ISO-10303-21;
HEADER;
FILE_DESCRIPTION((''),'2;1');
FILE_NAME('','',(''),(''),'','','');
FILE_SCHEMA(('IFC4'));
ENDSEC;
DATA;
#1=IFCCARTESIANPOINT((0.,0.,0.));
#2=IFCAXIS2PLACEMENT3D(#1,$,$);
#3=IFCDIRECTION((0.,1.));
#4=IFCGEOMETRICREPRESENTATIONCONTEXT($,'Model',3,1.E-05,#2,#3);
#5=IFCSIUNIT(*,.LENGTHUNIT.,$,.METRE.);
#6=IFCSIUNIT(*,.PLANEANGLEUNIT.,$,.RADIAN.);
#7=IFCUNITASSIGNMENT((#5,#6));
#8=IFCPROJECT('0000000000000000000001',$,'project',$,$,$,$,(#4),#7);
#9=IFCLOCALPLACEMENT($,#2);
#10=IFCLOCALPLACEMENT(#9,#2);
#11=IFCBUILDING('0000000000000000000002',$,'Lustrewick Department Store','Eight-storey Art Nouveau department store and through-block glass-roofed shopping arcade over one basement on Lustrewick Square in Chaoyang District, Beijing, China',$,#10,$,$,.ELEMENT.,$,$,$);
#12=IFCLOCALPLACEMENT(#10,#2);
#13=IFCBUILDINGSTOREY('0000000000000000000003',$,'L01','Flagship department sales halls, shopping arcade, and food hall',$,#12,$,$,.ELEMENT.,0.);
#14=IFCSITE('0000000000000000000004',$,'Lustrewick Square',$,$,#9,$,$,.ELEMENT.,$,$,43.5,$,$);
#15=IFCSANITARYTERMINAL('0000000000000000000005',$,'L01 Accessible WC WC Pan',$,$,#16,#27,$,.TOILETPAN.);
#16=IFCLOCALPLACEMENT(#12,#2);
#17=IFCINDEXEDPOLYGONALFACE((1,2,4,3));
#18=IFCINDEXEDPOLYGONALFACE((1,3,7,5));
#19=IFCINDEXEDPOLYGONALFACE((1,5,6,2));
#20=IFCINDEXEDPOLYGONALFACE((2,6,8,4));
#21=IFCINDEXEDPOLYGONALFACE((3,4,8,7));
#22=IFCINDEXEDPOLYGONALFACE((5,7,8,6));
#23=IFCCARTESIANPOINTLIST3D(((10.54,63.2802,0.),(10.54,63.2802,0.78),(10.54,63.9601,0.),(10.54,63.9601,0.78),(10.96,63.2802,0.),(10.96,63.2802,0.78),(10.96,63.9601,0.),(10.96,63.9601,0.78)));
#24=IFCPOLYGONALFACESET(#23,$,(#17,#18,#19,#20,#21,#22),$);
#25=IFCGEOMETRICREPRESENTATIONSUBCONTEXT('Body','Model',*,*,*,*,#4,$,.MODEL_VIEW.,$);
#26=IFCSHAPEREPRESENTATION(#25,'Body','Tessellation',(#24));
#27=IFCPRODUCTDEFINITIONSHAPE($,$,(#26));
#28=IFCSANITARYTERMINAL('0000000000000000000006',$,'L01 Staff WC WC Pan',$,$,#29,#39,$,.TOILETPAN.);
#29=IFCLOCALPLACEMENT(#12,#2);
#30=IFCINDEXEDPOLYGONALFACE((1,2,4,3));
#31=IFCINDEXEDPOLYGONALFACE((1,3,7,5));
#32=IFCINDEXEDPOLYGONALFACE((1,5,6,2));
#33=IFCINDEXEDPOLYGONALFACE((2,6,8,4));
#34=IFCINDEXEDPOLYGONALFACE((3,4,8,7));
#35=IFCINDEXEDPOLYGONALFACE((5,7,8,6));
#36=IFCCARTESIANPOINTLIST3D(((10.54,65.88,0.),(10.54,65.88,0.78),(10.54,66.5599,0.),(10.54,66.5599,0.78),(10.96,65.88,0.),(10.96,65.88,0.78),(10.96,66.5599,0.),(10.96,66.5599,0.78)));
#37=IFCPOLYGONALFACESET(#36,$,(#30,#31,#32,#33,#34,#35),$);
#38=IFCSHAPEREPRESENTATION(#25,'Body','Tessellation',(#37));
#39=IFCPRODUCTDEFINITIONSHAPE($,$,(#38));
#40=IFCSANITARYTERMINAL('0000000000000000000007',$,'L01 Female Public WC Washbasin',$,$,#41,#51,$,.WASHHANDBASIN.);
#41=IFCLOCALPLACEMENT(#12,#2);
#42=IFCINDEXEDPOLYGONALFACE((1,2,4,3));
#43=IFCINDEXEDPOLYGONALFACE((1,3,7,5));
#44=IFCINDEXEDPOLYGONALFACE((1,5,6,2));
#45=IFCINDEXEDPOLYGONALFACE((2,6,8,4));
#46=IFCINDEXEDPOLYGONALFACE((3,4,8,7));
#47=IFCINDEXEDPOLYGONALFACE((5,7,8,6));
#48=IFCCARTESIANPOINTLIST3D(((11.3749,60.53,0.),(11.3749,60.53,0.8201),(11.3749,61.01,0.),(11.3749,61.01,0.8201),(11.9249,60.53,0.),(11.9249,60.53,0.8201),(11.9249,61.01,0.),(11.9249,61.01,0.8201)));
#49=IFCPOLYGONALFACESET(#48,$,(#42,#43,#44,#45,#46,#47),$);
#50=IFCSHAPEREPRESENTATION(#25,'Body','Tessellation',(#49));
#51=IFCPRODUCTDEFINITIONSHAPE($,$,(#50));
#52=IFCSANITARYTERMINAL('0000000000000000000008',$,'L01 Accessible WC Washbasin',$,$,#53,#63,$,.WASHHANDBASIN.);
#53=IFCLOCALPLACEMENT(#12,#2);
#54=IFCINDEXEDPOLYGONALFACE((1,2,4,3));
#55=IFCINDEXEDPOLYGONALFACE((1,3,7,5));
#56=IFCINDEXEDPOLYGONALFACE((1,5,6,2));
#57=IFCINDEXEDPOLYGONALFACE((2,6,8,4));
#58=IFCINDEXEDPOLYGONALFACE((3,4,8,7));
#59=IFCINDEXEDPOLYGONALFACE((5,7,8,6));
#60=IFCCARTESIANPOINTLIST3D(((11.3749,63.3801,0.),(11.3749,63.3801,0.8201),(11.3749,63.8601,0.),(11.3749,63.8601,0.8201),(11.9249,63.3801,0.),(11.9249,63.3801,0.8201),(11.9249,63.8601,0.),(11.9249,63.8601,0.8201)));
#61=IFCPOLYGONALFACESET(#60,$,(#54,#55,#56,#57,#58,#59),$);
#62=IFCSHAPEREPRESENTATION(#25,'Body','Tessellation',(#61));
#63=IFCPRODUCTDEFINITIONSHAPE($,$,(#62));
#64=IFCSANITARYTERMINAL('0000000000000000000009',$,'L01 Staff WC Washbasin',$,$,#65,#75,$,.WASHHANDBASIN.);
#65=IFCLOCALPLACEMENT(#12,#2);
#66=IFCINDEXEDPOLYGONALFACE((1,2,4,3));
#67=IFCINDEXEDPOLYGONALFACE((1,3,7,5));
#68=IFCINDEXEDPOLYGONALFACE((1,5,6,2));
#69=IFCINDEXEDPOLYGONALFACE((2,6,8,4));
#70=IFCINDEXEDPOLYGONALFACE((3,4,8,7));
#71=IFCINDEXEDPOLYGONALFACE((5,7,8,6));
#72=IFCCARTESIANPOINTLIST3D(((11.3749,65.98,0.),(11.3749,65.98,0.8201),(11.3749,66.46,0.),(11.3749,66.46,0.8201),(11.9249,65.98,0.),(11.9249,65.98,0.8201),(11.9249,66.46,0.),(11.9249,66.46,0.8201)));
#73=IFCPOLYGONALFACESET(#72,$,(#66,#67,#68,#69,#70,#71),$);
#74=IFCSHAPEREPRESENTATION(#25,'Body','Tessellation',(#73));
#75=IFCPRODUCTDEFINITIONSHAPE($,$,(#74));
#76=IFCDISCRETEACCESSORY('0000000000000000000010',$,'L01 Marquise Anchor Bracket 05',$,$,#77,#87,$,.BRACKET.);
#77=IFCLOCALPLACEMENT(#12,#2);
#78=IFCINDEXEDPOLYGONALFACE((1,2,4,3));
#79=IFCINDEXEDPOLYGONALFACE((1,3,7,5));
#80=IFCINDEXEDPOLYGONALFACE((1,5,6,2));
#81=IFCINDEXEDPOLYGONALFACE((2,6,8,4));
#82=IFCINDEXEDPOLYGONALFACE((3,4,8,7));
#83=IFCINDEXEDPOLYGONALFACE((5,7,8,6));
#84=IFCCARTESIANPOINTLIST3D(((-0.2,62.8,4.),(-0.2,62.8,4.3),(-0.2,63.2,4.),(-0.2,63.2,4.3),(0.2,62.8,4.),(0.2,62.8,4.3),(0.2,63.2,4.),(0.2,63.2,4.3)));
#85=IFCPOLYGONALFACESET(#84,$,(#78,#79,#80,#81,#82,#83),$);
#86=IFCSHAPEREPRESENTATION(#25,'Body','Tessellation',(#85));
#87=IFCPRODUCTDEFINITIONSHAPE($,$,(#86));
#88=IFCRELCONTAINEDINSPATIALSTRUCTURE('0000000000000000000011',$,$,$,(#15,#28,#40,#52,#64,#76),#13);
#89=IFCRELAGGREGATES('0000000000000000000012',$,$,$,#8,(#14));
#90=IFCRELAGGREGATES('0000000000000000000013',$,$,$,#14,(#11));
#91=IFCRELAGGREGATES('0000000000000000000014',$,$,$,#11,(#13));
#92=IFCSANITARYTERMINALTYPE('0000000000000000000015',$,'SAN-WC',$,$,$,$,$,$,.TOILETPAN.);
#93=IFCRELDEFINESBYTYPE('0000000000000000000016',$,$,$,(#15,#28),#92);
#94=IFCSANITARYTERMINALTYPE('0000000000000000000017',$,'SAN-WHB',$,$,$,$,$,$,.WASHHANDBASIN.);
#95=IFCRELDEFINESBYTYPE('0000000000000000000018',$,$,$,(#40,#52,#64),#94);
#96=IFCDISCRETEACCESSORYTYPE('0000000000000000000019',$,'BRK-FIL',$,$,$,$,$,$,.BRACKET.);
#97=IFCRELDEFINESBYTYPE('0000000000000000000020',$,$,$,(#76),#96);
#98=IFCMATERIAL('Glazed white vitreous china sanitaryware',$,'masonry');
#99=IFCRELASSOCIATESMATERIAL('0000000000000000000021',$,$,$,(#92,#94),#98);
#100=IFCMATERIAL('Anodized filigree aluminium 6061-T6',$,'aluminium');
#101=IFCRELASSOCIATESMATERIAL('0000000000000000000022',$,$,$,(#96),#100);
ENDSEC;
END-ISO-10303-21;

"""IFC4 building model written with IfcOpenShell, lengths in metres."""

from ifc_helpers import new_model, si_unit, direction, frame, origin, origin_2d, place, context, subcontext, project, spatial, rectangle, extrude, material, type_object, element, save


model = new_model("IFC4")

# Units and contexts
model_context = context("Model", 3, precision=1e-05, world=origin(), true_north=direction((0.0, 1.0)))
body_context = subcontext(model_context, "Body", "Model", "MODEL_VIEW")
ifc_project = project(units=[si_unit("LENGTHUNIT", "METRE"), si_unit("PLANEANGLEUNIT", "RADIAN")], contexts=[model_context])

# Site, building, storey
site_placement = place(None, origin())
site = spatial("IfcSite", under=ifc_project, at=site_placement, Name="Lustrewick Square", CompositionType="ELEMENT", RefElevation=43.5)
building_placement = place(site_placement, origin())
building = spatial("IfcBuilding", under=site, at=building_placement, Name="Lustrewick Department Store", Description="Eight-storey Art Nouveau department store and through-block glass-roofed shopping arcade over one basement on Lustrewick Square in Chaoyang District, Beijing, China", CompositionType="ELEMENT")
storey_placement = place(building_placement, origin())
storey = spatial("IfcBuildingStorey", under=building, at=storey_placement, Name="L01", Description="Flagship department sales halls, shopping arcade, and food hall", CompositionType="ELEMENT", Elevation=0.0)

# Sanitary terminals
ifc_material_1 = material(Name="Glazed white vitreous china sanitaryware", Category="masonry")
sanitary_terminal_type_1 = type_object("IfcSanitaryTerminalType", Name="SAN-WC", PredefinedType="TOILETPAN", material=ifc_material_1)
for number, where, z_axis, x_axis, name in (
    (1, (10.75, 63.6201, 0.0), (0.0, 0.0, 1.0), (1.0, 0.0, 0.0), "L01 Accessible WC WC Pan"),
    (2, (10.75, 66.22, 0.0), (0.0, 0.0, 1.0), (1.0, 0.0, 0.0), "L01 Staff WC WC Pan"),
):
    element("IfcSanitaryTerminal", number, at=place(storey_placement, frame(where, z_axis=z_axis, x_axis=x_axis)), inside=storey, type_object=sanitary_terminal_type_1, Name=name, PredefinedType="TOILETPAN", context=body_context, shape_type="SweptSolid", body=[
        extrude(rectangle(XDim=0.4199, YDim=0.6799, at=origin_2d()), origin(), (0.0, 0.0, 1.0), 0.78),
    ])
sanitary_terminal_type_2 = type_object("IfcSanitaryTerminalType", Name="SAN-WHB", PredefinedType="WASHHANDBASIN", material=ifc_material_1)
for number, where, z_axis, x_axis, name in (
    (3, (11.6499, 60.77, 0.0), (0.0, 0.0, 1.0), (1.0, 0.0, 0.0), "L01 Female Public WC Washbasin"),
    (4, (11.6499, 63.6201, 0.0), (0.0, 0.0, 1.0), (1.0, 0.0, 0.0), "L01 Accessible WC Washbasin"),
    (5, (11.6499, 66.22, 0.0), (0.0, 0.0, 1.0), (1.0, 0.0, 0.0), "L01 Staff WC Washbasin"),
):
    element("IfcSanitaryTerminal", number, at=place(storey_placement, frame(where, z_axis=z_axis, x_axis=x_axis)), inside=storey, type_object=sanitary_terminal_type_2, Name=name, PredefinedType="WASHHANDBASIN", context=body_context, shape_type="SweptSolid", body=[
        extrude(rectangle(XDim=0.55, YDim=0.48, at=origin_2d()), origin(), (0.0, 0.0, 1.0), 0.8201),
    ])

# Discrete accessory
ifc_material_2 = material(Name="Anodized filigree aluminium 6061-T6", Category="aluminium")
discrete_accessory_type = type_object("IfcDiscreteAccessoryType", Name="BRK-FIL", PredefinedType="BRACKET", material=ifc_material_2)
discrete_accessory_placement = place(storey_placement, frame((0.0, 63.0, 4.0), z_axis=(0.0, 0.0, 1.0), x_axis=(0.0, 1.0, 0.0)))
element("IfcDiscreteAccessory", 6, at=discrete_accessory_placement, inside=storey, type_object=discrete_accessory_type, Name="L01 Marquise Anchor Bracket 05", PredefinedType="BRACKET", context=body_context, shape_type="SweptSolid", body=[
    extrude(rectangle(XDim=0.3999, YDim=0.3999, at=origin_2d()), origin(), (0.0, 0.0, 1.0), 0.3),
])

save(model, "model.ifc")
